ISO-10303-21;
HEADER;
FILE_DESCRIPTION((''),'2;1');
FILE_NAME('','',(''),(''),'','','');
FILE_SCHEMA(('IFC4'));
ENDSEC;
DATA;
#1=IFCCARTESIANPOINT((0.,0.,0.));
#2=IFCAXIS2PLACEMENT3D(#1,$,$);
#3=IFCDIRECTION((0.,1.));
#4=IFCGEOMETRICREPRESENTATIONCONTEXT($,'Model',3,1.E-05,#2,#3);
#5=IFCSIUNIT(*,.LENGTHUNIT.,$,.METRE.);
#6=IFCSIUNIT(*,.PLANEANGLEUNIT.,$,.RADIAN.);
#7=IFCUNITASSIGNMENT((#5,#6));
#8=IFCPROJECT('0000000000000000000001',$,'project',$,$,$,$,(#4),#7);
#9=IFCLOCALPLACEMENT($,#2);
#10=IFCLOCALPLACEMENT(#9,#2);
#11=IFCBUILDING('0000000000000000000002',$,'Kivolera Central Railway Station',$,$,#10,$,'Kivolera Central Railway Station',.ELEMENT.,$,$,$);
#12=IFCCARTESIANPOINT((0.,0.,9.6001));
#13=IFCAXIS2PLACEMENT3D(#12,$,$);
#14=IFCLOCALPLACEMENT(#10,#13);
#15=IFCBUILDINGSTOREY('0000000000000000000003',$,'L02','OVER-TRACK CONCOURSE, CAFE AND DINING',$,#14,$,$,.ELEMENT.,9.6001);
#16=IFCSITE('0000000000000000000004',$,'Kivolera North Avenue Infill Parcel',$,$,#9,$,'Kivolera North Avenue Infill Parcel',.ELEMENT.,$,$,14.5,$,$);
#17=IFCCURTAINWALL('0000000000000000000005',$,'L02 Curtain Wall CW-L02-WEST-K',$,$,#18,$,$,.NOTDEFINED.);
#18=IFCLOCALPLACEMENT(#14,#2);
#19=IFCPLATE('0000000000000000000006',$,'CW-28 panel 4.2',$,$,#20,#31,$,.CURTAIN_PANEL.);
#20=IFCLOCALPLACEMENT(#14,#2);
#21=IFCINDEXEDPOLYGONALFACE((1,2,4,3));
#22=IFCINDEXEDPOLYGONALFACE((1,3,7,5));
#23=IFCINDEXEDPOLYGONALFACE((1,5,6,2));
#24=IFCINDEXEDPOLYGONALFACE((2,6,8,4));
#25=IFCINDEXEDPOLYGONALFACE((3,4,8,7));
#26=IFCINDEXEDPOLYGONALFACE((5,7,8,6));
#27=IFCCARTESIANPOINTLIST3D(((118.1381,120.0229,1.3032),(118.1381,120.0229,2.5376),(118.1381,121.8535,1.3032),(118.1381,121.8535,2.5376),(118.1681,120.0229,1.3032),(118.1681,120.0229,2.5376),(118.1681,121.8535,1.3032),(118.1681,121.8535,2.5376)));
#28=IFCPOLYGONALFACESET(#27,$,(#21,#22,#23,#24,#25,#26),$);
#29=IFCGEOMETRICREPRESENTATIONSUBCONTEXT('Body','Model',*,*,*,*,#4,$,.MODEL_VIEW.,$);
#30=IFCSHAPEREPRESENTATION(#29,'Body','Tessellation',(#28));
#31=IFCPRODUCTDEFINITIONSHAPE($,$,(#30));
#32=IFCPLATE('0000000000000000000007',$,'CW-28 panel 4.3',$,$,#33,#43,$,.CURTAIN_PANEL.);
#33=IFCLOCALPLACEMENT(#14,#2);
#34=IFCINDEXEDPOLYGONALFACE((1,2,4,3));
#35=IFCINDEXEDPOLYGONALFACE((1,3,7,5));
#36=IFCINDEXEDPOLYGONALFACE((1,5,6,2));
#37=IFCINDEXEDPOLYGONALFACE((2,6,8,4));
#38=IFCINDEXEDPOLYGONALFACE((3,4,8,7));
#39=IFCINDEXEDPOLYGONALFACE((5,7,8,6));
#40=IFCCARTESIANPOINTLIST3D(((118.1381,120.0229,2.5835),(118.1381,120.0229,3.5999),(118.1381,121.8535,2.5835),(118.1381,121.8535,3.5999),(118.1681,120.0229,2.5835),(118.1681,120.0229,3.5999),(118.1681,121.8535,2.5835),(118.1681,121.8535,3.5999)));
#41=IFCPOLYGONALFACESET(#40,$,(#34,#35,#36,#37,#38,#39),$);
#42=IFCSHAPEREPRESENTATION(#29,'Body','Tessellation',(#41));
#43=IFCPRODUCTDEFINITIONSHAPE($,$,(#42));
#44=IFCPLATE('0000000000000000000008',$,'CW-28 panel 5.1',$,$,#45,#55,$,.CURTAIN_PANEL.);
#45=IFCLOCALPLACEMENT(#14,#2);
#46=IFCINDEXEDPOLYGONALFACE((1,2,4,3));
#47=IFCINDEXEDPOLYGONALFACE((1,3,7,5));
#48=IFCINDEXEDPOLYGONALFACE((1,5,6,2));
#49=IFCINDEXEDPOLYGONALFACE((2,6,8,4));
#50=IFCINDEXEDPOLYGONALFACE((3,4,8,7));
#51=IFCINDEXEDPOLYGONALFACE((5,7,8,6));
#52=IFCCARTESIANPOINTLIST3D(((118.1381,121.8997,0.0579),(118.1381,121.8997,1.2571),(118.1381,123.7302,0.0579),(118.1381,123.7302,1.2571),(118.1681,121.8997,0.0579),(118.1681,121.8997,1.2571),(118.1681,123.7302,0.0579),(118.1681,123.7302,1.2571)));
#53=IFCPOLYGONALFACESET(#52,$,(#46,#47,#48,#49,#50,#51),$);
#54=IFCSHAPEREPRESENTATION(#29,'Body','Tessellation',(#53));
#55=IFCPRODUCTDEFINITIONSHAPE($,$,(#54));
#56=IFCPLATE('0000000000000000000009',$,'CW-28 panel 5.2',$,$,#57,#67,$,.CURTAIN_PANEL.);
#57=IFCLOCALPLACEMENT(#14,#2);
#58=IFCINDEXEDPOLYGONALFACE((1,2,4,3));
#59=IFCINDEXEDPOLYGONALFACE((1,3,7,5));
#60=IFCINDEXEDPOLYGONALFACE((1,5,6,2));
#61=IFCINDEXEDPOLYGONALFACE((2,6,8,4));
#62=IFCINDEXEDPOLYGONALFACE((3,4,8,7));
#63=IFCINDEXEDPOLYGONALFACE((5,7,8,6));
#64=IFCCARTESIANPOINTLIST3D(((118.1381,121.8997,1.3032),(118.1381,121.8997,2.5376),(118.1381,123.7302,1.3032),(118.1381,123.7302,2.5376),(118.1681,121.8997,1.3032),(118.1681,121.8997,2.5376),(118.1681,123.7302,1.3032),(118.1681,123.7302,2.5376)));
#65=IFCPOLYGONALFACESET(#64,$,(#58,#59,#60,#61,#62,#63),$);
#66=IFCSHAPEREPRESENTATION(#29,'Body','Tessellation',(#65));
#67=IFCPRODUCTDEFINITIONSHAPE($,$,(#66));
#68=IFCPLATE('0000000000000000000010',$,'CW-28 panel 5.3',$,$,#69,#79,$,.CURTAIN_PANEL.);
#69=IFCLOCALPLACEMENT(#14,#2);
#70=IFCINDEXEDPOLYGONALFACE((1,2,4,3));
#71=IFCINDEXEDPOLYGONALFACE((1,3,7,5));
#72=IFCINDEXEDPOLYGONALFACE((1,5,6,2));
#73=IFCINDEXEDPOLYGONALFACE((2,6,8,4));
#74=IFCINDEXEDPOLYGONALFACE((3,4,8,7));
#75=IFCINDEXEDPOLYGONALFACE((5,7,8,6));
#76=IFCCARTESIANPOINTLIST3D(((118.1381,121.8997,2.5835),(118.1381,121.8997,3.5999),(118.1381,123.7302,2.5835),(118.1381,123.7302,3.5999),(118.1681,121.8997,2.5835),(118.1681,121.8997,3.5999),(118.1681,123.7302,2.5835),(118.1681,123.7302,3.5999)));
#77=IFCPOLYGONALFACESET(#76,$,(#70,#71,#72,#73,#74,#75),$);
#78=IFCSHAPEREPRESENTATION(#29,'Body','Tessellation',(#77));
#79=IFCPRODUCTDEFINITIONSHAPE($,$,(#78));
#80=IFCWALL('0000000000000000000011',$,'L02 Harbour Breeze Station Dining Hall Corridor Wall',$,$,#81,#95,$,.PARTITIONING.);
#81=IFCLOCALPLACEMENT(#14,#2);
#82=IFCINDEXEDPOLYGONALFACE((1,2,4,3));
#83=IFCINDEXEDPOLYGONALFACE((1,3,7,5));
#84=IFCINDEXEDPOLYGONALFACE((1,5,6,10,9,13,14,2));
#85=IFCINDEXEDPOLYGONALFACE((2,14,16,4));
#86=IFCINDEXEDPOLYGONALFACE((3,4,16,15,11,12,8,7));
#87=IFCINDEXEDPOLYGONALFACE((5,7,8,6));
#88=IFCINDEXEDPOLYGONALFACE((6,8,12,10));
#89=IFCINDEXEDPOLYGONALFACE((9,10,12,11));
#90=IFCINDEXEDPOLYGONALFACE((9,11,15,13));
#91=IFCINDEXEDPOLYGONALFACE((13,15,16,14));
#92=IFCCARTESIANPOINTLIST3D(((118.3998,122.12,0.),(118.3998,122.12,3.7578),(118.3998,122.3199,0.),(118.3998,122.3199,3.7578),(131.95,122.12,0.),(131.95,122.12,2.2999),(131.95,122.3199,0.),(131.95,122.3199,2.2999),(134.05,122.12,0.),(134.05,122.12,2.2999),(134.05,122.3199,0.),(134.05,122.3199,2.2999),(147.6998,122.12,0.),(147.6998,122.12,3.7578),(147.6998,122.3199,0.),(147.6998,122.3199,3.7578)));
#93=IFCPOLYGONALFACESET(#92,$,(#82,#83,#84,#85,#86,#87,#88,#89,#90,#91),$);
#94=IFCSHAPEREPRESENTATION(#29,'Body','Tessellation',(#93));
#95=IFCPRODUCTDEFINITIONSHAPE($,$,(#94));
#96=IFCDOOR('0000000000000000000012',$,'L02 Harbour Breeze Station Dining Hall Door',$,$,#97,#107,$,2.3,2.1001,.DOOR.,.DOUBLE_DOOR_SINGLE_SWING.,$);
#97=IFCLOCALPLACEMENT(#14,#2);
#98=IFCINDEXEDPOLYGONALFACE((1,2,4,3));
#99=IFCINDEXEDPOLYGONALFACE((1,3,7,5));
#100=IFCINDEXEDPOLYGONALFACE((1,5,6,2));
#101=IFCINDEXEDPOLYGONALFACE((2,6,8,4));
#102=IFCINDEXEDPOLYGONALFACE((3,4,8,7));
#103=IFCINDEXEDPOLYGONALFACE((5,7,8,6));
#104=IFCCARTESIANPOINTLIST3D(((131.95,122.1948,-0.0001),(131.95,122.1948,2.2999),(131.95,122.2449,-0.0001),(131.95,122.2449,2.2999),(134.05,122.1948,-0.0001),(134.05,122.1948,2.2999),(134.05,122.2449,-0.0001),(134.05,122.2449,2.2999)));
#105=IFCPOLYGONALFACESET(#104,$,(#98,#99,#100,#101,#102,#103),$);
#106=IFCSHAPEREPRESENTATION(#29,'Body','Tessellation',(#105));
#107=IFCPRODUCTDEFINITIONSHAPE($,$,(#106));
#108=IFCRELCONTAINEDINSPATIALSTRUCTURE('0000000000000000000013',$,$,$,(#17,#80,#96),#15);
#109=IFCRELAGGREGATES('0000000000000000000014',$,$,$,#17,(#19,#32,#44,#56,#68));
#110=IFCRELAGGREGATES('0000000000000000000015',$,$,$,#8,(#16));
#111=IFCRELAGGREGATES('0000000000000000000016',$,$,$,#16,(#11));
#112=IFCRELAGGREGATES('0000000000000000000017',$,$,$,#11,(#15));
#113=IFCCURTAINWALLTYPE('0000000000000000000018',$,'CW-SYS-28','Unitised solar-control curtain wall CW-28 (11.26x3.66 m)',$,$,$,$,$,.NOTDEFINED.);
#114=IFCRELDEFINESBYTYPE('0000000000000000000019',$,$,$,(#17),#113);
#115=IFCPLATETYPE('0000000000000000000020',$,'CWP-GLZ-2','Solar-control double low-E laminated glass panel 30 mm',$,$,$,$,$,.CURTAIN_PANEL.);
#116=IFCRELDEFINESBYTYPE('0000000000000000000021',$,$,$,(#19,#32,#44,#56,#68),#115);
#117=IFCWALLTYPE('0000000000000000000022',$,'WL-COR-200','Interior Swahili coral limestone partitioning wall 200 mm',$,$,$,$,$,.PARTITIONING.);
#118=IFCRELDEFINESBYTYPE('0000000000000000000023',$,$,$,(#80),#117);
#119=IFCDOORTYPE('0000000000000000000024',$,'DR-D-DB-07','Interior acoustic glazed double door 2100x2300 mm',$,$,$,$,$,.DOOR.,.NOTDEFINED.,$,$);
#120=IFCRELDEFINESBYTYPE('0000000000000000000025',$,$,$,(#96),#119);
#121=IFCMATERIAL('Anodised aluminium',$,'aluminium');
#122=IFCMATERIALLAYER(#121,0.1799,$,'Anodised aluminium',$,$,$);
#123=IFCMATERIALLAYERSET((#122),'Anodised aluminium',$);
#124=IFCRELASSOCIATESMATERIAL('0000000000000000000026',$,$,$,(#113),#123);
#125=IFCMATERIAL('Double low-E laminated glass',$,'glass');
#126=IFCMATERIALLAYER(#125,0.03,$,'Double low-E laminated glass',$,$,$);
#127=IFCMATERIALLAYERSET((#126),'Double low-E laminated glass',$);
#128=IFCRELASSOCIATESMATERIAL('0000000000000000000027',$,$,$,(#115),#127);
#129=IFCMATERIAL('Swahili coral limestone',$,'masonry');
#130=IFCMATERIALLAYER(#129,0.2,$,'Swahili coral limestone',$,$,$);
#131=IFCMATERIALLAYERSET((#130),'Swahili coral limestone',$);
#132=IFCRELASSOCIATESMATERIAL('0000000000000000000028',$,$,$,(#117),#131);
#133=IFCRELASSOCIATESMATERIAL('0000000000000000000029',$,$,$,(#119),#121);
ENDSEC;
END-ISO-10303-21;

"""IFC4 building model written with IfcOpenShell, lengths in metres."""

from ifc_helpers import new_model, si_unit, direction, frame, frame_2d, origin, origin_2d, place, context, subcontext, project, spatial, rectangle, extrude, material, layer, layer_set, type_object, element, fill, aggregate, save


model = new_model("IFC4")

# Units and contexts
model_context = context("Model", 3, precision=1e-05, world=origin(), true_north=direction((0.0, 1.0)))
body_context = subcontext(model_context, "Body", "Model", "MODEL_VIEW")
ifc_project = project(units=[si_unit("LENGTHUNIT", "METRE"), si_unit("PLANEANGLEUNIT", "RADIAN")], contexts=[model_context])

# Site, building, storey
site_placement = place(None, origin())
site = spatial("IfcSite", under=ifc_project, at=site_placement, Name="Kivolera North Avenue Infill Parcel", LongName="Kivolera North Avenue Infill Parcel", CompositionType="ELEMENT", RefElevation=14.5)
building_placement = place(site_placement, origin())
building = spatial("IfcBuilding", under=site, at=building_placement, Name="Kivolera Central Railway Station", LongName="Kivolera Central Railway Station", CompositionType="ELEMENT")
storey_placement = place(building_placement, frame((0.0, 0.0, 9.6001)))
storey = spatial("IfcBuildingStorey", under=building, at=storey_placement, Name="L02", Description="OVER-TRACK CONCOURSE, CAFE AND DINING", CompositionType="ELEMENT", Elevation=9.6001)

# Curtain wall, plates
ifc_material_1 = material(Name="Anodised aluminium", Category="aluminium")
ifc_layer_1 = layer(ifc_material_1, 0.1799, Name="Anodised aluminium")
ifc_layer_set_1 = layer_set([ifc_layer_1], Name="Anodised aluminium")
curtain_wall_type = type_object("IfcCurtainWallType", Name="CW-SYS-28", Description="Unitised solar-control curtain wall CW-28 (11.26x3.66 m)", PredefinedType="NOTDEFINED", material=ifc_layer_set_1)
curtain_wall_placement = place(storey_placement, origin())
curtain_wall = element("IfcCurtainWall", 1, at=curtain_wall_placement, inside=storey, type_object=curtain_wall_type, Name="L02 Curtain Wall CW-L02-WEST-K", PredefinedType="NOTDEFINED")
ifc_material_2 = material(Name="Double low-E laminated glass", Category="glass")
ifc_layer_2 = layer(ifc_material_2, 0.03, Name="Double low-E laminated glass")
ifc_layer_set_2 = layer_set([ifc_layer_2], Name="Double low-E laminated glass")
plate_type = type_object("IfcPlateType", Name="CWP-GLZ-2", Description="Solar-control double low-E laminated glass panel 30 mm", PredefinedType="CURTAIN_PANEL", material=ifc_layer_set_2)
plate_1_placement = place(storey_placement, frame((118.1531, 120.9382, 1.3032), z_axis=(0.0, 0.0, 1.0), x_axis=(0.0, 1.0, 0.0)))
plate_1 = element("IfcPlate", 2, at=plate_1_placement, type_object=plate_type, Name="CW-28 panel 4.2", PredefinedType="CURTAIN_PANEL", context=body_context, shape_type="SweptSolid", body=[
    extrude(rectangle(XDim=1.8306, YDim=0.03, at=origin_2d()), origin(), (0.0, 0.0, 1.0), 1.2344),
])
plate_2_placement = place(storey_placement, frame((118.1531, 120.9382, 2.5835), z_axis=(0.0, 0.0, 1.0), x_axis=(0.0, 1.0, 0.0)))
plate_2 = element("IfcPlate", 3, at=plate_2_placement, type_object=plate_type, Name="CW-28 panel 4.3", PredefinedType="CURTAIN_PANEL", context=body_context, shape_type="SweptSolid", body=[
    extrude(rectangle(XDim=1.8306, YDim=0.03, at=origin_2d()), origin(), (0.0, 0.0, 1.0), 1.0164),
])
plate_3_placement = place(storey_placement, frame((118.1531, 122.8149, 0.0579), z_axis=(0.0, 0.0, 1.0), x_axis=(0.0, 1.0, 0.0)))
plate_3 = element("IfcPlate", 4, at=plate_3_placement, type_object=plate_type, Name="CW-28 panel 5.1", PredefinedType="CURTAIN_PANEL", context=body_context, shape_type="SweptSolid", body=[
    extrude(rectangle(XDim=1.8306, YDim=0.03, at=origin_2d()), origin(), (0.0, 0.0, 1.0), 1.1992),
])
plate_4_placement = place(storey_placement, frame((118.1531, 122.8149, 1.3032), z_axis=(0.0, 0.0, 1.0), x_axis=(0.0, 1.0, 0.0)))
plate_4 = element("IfcPlate", 5, at=plate_4_placement, type_object=plate_type, Name="CW-28 panel 5.2", PredefinedType="CURTAIN_PANEL", context=body_context, shape_type="SweptSolid", body=[
    extrude(rectangle(XDim=1.8306, YDim=0.03, at=origin_2d()), origin(), (0.0, 0.0, 1.0), 1.2344),
])
plate_5_placement = place(storey_placement, frame((118.1531, 122.8149, 2.5835), z_axis=(0.0, 0.0, 1.0), x_axis=(0.0, 1.0, 0.0)))
plate_5 = element("IfcPlate", 6, at=plate_5_placement, type_object=plate_type, Name="CW-28 panel 5.3", PredefinedType="CURTAIN_PANEL", context=body_context, shape_type="SweptSolid", body=[
    extrude(rectangle(XDim=1.8306, YDim=0.03, at=origin_2d()), origin(), (0.0, 0.0, 1.0), 1.0164),
])
aggregate(curtain_wall, [plate_1, plate_2, plate_3, plate_4, plate_5])

# Wall, opening, door
ifc_material_3 = material(Name="Swahili coral limestone", Category="masonry")
ifc_layer_3 = layer(ifc_material_3, 0.2, Name="Swahili coral limestone")
ifc_layer_set_3 = layer_set([ifc_layer_3], Name="Swahili coral limestone")
wall_type = type_object("IfcWallType", Name="WL-COR-200", Description="Interior Swahili coral limestone partitioning wall 200 mm", PredefinedType="PARTITIONING", material=ifc_layer_set_3)
wall_placement = place(storey_placement, frame((118.3999, 122.22, 0.0), z_axis=(0.0, 0.0, 1.0), x_axis=(1.0, 0.0, 0.0)))
wall = element("IfcWall", 7, at=wall_placement, inside=storey, type_object=wall_type, Name="L02 Harbour Breeze Station Dining Hall Corridor Wall", PredefinedType="PARTITIONING", context=body_context, shape_type="SweptSolid", body=[
    extrude(rectangle(XDim=29.3, YDim=0.2, at=frame_2d((14.6499, 0.0))), origin(), (0.0, 0.0, 1.0), 3.7578),
])
opening_placement = place(wall_placement, frame((13.55, 0.0, 0.0)))
opening = element("IfcOpeningElement", 8, at=opening_placement, cuts=wall, PredefinedType="OPENING", context=body_context, shape_type="SweptSolid", body=[
    extrude(rectangle(XDim=2.1001, YDim=2.3, at=frame_2d((1.05, 1.1499))), frame((0.0, 0.1099, 0.0), z_axis=(0.0, -1.0, 0.0), x_axis=(1.0, 0.0, 0.0)), (0.0, 0.0, 1.0), 0.22),
])
door_type = type_object("IfcDoorType", Name="DR-D-DB-07", Description="Interior acoustic glazed double door 2100x2300 mm", OperationType="NOTDEFINED", PredefinedType="DOOR", material=ifc_material_1)
door_placement = place(opening_placement, origin())
door = element("IfcDoor", 9, at=door_placement, inside=storey, type_object=door_type, Name="L02 Harbour Breeze Station Dining Hall Door", OperationType="DOUBLE_DOOR_SINGLE_SWING", OverallHeight=2.3, OverallWidth=2.1001, PredefinedType="DOOR", context=body_context, shape_type="SweptSolid", body=[
    extrude(rectangle(XDim=2.1001, YDim=2.3, at=frame_2d((1.05, 1.1499))), frame((0.0, 0.0249, 0.0), z_axis=(0.0, -1.0, 0.0), x_axis=(1.0, 0.0, 0.0)), (0.0, 0.0, 1.0), 0.05),
])
fill(opening, door)

save(model, "model.ifc")
